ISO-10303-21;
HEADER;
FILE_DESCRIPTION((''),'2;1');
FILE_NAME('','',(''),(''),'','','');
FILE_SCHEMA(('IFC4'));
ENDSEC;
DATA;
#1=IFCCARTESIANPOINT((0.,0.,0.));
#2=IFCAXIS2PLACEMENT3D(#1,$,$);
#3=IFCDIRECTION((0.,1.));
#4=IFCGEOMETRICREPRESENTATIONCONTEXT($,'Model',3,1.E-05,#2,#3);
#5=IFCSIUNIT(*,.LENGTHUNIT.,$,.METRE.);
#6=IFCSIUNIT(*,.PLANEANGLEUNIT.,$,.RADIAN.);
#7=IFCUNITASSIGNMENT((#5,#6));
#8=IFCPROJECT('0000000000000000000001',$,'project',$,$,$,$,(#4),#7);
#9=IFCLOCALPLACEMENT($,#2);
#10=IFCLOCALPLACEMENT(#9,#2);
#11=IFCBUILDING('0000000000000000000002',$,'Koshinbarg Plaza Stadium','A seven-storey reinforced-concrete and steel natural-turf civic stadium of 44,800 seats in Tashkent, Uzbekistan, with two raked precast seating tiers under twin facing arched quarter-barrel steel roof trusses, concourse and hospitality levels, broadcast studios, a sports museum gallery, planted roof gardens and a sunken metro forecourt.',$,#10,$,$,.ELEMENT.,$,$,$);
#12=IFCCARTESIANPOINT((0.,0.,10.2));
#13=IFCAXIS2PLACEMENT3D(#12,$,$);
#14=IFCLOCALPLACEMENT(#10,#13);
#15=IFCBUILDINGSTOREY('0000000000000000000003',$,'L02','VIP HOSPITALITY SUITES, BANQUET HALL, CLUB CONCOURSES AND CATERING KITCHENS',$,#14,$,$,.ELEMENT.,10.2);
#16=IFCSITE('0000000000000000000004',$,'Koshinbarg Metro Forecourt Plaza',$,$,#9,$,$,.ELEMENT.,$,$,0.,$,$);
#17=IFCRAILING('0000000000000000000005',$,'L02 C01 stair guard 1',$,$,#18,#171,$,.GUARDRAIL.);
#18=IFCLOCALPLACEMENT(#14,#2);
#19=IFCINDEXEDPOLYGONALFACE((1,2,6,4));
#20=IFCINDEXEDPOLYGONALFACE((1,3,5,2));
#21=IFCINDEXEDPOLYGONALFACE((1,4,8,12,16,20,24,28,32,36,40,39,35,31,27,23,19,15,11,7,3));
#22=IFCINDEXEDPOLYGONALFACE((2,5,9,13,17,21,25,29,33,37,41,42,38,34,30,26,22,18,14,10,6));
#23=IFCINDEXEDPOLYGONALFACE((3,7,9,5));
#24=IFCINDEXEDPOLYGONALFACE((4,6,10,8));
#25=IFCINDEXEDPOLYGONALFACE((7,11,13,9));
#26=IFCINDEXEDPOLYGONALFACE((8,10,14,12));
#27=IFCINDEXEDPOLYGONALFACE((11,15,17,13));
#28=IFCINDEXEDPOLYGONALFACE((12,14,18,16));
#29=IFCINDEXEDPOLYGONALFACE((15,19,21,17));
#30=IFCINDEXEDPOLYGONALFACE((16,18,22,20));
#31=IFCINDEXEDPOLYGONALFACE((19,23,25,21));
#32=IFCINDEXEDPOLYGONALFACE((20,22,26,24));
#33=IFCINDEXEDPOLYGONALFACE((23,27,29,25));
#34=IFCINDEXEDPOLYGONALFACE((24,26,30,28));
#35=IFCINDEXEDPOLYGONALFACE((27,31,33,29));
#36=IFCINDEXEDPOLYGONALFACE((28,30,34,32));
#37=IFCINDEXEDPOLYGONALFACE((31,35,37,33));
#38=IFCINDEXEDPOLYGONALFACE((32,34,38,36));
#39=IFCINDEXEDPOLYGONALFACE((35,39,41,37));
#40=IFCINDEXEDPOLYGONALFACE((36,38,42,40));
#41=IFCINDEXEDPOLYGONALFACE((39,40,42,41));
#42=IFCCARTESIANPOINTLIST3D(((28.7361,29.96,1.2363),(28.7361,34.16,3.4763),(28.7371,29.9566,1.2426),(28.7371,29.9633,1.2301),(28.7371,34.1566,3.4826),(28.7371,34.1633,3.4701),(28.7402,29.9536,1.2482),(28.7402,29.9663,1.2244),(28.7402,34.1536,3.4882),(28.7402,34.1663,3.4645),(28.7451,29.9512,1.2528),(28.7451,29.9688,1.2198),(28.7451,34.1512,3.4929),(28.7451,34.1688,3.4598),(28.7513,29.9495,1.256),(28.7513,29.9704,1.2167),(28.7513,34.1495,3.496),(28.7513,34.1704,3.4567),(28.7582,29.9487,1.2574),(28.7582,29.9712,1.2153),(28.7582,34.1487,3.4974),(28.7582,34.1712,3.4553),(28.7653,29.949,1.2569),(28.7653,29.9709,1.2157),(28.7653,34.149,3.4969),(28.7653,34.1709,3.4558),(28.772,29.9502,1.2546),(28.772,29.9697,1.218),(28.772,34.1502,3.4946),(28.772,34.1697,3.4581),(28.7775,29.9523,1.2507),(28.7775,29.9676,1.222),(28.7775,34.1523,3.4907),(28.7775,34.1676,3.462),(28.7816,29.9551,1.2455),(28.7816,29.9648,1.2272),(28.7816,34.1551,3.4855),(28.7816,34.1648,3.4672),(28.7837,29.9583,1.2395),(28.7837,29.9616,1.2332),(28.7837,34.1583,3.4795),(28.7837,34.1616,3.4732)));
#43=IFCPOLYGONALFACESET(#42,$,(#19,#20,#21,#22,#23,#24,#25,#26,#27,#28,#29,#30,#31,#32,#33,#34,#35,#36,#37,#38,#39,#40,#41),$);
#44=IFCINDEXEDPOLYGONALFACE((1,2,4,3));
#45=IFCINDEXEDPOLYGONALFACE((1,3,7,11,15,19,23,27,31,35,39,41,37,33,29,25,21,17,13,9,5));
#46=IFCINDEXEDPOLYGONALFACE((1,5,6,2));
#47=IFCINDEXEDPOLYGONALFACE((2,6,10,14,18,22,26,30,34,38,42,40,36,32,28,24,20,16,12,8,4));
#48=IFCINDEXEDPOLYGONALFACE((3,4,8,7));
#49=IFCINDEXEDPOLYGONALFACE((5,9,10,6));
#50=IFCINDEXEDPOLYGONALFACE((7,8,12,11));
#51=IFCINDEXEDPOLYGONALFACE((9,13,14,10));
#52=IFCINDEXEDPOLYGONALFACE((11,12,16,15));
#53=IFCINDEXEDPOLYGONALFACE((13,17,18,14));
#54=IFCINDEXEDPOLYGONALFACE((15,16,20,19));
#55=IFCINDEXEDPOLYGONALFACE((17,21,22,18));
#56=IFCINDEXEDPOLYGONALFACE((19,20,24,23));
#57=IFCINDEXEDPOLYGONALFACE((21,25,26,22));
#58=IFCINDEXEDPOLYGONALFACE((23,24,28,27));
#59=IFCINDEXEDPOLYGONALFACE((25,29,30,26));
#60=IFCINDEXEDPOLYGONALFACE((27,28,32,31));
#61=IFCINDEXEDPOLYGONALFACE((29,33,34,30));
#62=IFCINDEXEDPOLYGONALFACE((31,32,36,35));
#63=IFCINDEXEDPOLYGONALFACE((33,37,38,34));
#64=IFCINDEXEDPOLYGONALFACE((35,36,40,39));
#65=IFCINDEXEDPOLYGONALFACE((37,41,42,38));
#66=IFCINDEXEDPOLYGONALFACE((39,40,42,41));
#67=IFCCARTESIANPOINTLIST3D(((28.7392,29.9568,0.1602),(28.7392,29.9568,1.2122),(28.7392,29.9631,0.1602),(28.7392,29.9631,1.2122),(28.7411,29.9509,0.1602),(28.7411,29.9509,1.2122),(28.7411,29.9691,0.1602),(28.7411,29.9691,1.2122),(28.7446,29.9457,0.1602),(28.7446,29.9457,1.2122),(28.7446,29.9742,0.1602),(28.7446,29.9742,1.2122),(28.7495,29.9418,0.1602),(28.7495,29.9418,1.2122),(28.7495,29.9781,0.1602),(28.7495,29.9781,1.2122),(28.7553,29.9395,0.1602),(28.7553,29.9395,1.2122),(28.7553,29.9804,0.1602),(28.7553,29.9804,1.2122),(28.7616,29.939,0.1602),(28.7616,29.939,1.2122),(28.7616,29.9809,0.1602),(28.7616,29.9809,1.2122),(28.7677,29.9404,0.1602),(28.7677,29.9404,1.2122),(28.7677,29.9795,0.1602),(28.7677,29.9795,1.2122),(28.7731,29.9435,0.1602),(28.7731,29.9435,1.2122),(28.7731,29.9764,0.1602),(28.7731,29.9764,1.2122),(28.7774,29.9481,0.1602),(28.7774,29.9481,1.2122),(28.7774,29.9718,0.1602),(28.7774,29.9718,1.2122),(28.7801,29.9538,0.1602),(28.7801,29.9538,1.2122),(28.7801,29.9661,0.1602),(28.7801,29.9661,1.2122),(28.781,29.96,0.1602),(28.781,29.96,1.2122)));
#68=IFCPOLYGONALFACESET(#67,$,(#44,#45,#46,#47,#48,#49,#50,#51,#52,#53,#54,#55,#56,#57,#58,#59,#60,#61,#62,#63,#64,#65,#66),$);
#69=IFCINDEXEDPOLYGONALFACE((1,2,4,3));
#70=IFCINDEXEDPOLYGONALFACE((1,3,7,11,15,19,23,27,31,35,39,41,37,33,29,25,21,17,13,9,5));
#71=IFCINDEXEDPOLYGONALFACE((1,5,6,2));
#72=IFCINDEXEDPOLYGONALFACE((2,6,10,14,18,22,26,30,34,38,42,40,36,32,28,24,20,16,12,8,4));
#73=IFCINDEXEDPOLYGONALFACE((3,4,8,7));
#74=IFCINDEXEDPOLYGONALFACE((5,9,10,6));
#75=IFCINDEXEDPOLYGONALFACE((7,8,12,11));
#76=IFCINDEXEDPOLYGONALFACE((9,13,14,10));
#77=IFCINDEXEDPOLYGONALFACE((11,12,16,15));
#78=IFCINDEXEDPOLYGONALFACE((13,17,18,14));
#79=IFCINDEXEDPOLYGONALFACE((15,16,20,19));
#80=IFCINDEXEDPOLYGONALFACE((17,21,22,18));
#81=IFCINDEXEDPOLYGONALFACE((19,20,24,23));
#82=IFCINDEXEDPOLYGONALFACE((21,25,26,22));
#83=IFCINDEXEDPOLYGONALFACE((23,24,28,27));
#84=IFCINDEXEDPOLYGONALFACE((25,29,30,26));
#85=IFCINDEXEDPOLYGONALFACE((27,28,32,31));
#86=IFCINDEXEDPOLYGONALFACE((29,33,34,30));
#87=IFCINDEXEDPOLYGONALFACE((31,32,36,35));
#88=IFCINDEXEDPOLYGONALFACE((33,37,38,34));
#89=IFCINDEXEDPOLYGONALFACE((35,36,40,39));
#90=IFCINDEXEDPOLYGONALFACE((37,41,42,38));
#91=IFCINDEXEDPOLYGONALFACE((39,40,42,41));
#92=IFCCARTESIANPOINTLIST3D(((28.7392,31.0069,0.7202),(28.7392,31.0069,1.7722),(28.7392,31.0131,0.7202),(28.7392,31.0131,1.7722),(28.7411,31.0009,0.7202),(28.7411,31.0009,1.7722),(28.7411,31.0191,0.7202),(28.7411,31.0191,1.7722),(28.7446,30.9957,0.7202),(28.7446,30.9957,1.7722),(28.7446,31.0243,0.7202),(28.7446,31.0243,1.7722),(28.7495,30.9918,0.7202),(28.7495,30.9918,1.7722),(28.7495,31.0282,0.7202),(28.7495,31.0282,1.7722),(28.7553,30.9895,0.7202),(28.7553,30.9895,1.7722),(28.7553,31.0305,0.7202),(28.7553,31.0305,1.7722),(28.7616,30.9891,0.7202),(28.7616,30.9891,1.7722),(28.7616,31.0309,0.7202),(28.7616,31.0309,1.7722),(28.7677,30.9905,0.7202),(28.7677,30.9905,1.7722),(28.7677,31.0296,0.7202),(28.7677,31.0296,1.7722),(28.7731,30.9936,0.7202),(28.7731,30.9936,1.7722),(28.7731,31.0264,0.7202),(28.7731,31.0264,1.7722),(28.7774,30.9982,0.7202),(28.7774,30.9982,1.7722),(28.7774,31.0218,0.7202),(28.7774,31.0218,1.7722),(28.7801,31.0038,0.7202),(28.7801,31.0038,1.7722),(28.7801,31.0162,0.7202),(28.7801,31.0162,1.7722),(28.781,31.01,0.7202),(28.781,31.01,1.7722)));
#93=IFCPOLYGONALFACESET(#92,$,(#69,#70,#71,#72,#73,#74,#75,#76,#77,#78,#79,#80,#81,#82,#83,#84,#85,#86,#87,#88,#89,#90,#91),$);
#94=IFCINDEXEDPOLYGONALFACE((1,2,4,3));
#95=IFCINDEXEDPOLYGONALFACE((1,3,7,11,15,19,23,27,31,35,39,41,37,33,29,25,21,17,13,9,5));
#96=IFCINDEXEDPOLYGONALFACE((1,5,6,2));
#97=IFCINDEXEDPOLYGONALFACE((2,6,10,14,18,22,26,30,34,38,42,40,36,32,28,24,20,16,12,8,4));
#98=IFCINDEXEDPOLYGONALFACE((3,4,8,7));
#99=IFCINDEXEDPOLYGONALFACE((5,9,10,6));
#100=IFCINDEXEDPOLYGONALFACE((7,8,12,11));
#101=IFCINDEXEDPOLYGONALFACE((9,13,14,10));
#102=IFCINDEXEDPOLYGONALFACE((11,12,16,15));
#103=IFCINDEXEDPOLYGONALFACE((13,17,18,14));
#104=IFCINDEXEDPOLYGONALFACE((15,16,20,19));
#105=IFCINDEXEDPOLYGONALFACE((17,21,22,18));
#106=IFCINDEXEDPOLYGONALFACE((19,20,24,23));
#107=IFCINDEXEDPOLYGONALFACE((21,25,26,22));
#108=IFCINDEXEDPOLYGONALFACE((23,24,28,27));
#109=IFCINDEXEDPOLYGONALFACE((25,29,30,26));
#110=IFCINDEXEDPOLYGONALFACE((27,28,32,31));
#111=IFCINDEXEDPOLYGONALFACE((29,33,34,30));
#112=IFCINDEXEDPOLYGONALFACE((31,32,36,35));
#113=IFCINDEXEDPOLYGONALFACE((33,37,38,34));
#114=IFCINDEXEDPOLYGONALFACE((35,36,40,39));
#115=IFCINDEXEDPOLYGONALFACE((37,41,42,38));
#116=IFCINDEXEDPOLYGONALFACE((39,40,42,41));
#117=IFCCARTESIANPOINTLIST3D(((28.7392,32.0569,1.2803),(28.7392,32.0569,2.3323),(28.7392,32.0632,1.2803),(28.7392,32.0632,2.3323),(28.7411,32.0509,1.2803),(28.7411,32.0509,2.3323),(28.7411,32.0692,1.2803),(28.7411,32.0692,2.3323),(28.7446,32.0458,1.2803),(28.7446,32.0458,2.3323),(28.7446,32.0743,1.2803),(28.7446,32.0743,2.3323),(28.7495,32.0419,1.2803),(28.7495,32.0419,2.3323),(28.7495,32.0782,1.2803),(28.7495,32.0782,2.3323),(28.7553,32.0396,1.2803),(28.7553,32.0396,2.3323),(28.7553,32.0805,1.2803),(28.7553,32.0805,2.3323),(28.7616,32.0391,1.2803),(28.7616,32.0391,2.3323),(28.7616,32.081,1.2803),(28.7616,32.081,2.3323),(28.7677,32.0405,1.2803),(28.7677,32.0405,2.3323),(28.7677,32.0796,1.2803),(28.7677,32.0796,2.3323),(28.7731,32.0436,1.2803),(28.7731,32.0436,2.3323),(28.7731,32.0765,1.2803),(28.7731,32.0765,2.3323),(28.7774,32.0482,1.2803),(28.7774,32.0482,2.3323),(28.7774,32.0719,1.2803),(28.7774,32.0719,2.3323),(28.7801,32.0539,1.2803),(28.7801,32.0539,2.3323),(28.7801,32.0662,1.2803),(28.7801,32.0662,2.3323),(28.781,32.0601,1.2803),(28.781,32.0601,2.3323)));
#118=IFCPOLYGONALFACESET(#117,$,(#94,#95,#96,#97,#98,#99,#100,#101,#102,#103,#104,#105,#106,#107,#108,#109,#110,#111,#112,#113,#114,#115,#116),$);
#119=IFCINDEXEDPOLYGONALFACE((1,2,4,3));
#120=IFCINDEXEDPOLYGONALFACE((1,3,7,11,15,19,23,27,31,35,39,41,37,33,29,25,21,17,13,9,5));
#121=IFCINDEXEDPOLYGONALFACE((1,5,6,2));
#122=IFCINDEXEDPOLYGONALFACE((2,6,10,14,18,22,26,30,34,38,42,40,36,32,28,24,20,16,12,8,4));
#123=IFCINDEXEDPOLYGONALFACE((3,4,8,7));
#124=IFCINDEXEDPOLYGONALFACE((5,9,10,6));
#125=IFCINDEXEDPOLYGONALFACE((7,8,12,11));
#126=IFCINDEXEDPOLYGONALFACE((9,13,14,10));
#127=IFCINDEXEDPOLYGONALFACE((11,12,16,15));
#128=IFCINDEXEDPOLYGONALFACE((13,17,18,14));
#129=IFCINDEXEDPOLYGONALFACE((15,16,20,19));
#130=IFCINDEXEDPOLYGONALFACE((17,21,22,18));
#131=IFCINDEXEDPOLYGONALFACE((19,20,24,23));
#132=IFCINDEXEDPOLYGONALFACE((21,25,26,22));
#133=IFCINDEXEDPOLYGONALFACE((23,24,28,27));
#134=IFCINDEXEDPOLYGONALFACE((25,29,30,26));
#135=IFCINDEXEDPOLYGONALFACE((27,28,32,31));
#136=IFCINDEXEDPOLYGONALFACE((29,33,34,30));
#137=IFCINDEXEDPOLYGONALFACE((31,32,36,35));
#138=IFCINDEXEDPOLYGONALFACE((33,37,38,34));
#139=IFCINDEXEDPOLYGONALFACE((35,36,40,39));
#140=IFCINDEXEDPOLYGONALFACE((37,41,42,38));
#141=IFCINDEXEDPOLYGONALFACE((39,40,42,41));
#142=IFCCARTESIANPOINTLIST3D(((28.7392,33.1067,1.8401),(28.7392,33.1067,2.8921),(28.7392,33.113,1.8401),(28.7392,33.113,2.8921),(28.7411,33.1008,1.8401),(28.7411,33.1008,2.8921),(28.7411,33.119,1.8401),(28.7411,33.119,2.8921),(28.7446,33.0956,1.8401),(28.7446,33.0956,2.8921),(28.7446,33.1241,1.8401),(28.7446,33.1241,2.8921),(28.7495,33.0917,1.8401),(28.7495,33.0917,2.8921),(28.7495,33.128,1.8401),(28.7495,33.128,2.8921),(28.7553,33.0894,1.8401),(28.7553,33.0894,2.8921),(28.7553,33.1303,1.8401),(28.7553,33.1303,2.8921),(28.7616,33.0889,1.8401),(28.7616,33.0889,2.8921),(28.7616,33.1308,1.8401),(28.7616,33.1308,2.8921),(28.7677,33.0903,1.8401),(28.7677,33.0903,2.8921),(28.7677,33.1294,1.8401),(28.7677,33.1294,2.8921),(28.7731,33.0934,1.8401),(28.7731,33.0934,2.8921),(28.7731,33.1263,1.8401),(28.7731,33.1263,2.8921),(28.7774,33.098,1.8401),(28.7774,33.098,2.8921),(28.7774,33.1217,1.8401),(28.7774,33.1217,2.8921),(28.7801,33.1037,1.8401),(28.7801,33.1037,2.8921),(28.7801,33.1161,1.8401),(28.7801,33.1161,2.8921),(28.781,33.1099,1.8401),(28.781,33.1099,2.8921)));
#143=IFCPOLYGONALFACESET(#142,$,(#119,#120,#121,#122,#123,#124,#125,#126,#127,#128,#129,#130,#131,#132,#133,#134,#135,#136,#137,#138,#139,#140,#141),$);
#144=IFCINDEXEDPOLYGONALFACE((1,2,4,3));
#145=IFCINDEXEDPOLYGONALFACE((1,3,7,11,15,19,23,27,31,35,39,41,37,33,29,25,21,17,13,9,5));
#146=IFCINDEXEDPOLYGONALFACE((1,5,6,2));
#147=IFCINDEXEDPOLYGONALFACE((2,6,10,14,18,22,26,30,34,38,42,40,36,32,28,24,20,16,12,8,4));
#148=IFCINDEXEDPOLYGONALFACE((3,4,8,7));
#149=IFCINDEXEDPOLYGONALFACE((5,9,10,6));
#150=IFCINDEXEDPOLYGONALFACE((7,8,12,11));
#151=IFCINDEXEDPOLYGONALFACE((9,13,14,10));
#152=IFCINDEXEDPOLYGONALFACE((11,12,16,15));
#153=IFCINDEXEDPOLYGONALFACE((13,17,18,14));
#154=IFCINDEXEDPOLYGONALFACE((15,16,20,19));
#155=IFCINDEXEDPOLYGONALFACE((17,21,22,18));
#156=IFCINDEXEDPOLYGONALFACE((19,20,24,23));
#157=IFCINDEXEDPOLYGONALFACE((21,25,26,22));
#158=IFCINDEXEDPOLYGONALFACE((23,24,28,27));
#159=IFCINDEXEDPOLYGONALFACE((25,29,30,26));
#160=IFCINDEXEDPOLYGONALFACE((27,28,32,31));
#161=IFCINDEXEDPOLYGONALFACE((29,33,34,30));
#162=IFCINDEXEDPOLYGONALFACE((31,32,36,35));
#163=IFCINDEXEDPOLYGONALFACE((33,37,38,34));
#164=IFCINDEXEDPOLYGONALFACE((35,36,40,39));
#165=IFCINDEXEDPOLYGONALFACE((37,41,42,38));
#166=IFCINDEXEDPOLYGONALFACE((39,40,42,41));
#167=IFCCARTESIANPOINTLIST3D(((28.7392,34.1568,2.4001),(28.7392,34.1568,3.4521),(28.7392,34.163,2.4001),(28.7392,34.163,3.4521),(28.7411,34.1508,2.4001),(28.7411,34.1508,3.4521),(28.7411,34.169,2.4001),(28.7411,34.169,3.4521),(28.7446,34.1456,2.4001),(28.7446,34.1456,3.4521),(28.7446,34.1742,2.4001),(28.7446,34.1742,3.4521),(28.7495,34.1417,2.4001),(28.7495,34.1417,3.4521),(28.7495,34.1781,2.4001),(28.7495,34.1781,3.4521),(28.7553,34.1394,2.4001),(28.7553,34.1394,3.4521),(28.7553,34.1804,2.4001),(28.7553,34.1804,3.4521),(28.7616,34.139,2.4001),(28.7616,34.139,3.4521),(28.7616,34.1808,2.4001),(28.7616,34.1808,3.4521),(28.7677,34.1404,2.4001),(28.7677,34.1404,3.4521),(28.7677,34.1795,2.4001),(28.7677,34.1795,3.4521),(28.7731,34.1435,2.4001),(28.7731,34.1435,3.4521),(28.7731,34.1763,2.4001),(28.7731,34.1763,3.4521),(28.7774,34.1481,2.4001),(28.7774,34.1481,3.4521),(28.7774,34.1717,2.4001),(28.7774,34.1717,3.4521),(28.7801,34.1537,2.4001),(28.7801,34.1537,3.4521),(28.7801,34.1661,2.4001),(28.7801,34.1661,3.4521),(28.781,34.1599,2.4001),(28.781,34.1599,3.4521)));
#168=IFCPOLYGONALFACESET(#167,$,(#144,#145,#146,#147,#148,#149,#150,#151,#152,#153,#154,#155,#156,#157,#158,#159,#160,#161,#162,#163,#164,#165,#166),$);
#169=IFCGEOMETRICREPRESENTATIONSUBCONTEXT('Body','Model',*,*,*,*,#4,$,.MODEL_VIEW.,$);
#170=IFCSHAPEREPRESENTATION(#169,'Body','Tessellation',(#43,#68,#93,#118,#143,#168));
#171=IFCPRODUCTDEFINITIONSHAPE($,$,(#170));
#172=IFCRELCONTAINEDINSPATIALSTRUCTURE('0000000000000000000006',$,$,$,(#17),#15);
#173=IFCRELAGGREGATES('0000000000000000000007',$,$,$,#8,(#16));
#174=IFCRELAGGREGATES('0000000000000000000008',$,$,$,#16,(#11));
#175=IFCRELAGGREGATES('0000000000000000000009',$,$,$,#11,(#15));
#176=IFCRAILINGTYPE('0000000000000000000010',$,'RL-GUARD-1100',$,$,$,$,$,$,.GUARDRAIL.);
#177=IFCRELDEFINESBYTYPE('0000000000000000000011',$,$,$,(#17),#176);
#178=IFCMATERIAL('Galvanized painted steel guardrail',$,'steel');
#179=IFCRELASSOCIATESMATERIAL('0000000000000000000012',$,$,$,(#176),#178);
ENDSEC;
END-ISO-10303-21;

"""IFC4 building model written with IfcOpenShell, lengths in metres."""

from ifc_helpers import new_model, si_unit, direction, frame, origin, origin_2d, place, context, subcontext, project, spatial, circle, extrude, material, type_object, element, save


model = new_model("IFC4")

# Units and contexts
model_context = context("Model", 3, precision=1e-05, world=origin(), true_north=direction((0.0, 1.0)))
body_context = subcontext(model_context, "Body", "Model", "MODEL_VIEW")
ifc_project = project(units=[si_unit("LENGTHUNIT", "METRE"), si_unit("PLANEANGLEUNIT", "RADIAN")], contexts=[model_context])

# Site, building, storey
site_placement = place(None, origin())
site = spatial("IfcSite", under=ifc_project, at=site_placement, Name="Koshinbarg Metro Forecourt Plaza", CompositionType="ELEMENT", RefElevation=0.0)
building_placement = place(site_placement, origin())
building = spatial("IfcBuilding", under=site, at=building_placement, Name="Koshinbarg Plaza Stadium", Description="A seven-storey reinforced-concrete and steel natural-turf civic stadium of 44,800 seats in Tashkent, Uzbekistan, with two raked precast seating tiers under twin facing arched quarter-barrel steel roof trusses, concourse and hospitality levels, broadcast studios, a sports museum gallery, planted roof gardens and a sunken metro forecourt.", CompositionType="ELEMENT")
storey_placement = place(building_placement, frame((0.0, 0.0, 10.2)))
storey = spatial("IfcBuildingStorey", under=building, at=storey_placement, Name="L02", Description="VIP HOSPITALITY SUITES, BANQUET HALL, CLUB CONCOURSES AND CATERING KITCHENS", CompositionType="ELEMENT", Elevation=10.2)

# Railing
ifc_material_1 = material(Name="Galvanized painted steel guardrail", Category="steel")
railing_type_1 = type_object("IfcRailingType", Name="RL-GUARD-1100", PredefinedType="GUARDRAIL", material=ifc_material_1)
railing_1_placement = place(storey_placement, frame((28.76, 29.96, 0.1602)))
element("IfcRailing", 1, at=railing_1_placement, inside=storey, type_object=railing_type_1, Name="L02 C01 stair guard 1", PredefinedType="GUARDRAIL", context=body_context, shape_type="SweptSolid", body=[
    extrude(circle(Radius=0.0239, at=origin_2d()), frame((0.0, 0.0, 1.0762), z_axis=(0.0, 0.882352, 0.470591), x_axis=(-1.0, 0.0, 0.0)), (0.0, 0.0, 1.0), 4.76),
    extrude(circle(Radius=0.021, at=origin_2d()), origin(), (0.0, 0.0, 1.0), 1.052),
    extrude(circle(Radius=0.021, at=origin_2d()), frame((0.0, 1.05, 0.5601)), (0.0, 0.0, 1.0), 1.052),
    extrude(circle(Radius=0.021, at=origin_2d()), frame((0.0, 2.1001, 1.1201)), (0.0, 0.0, 1.0), 1.052),
    extrude(circle(Radius=0.021, at=origin_2d()), frame((0.0, 3.1499, 1.6799)), (0.0, 0.0, 1.0), 1.052),
    extrude(circle(Radius=0.021, at=origin_2d()), frame((0.0, 4.2, 2.24)), (0.0, 0.0, 1.0), 1.052),
])

save(model, "model.ifc")
